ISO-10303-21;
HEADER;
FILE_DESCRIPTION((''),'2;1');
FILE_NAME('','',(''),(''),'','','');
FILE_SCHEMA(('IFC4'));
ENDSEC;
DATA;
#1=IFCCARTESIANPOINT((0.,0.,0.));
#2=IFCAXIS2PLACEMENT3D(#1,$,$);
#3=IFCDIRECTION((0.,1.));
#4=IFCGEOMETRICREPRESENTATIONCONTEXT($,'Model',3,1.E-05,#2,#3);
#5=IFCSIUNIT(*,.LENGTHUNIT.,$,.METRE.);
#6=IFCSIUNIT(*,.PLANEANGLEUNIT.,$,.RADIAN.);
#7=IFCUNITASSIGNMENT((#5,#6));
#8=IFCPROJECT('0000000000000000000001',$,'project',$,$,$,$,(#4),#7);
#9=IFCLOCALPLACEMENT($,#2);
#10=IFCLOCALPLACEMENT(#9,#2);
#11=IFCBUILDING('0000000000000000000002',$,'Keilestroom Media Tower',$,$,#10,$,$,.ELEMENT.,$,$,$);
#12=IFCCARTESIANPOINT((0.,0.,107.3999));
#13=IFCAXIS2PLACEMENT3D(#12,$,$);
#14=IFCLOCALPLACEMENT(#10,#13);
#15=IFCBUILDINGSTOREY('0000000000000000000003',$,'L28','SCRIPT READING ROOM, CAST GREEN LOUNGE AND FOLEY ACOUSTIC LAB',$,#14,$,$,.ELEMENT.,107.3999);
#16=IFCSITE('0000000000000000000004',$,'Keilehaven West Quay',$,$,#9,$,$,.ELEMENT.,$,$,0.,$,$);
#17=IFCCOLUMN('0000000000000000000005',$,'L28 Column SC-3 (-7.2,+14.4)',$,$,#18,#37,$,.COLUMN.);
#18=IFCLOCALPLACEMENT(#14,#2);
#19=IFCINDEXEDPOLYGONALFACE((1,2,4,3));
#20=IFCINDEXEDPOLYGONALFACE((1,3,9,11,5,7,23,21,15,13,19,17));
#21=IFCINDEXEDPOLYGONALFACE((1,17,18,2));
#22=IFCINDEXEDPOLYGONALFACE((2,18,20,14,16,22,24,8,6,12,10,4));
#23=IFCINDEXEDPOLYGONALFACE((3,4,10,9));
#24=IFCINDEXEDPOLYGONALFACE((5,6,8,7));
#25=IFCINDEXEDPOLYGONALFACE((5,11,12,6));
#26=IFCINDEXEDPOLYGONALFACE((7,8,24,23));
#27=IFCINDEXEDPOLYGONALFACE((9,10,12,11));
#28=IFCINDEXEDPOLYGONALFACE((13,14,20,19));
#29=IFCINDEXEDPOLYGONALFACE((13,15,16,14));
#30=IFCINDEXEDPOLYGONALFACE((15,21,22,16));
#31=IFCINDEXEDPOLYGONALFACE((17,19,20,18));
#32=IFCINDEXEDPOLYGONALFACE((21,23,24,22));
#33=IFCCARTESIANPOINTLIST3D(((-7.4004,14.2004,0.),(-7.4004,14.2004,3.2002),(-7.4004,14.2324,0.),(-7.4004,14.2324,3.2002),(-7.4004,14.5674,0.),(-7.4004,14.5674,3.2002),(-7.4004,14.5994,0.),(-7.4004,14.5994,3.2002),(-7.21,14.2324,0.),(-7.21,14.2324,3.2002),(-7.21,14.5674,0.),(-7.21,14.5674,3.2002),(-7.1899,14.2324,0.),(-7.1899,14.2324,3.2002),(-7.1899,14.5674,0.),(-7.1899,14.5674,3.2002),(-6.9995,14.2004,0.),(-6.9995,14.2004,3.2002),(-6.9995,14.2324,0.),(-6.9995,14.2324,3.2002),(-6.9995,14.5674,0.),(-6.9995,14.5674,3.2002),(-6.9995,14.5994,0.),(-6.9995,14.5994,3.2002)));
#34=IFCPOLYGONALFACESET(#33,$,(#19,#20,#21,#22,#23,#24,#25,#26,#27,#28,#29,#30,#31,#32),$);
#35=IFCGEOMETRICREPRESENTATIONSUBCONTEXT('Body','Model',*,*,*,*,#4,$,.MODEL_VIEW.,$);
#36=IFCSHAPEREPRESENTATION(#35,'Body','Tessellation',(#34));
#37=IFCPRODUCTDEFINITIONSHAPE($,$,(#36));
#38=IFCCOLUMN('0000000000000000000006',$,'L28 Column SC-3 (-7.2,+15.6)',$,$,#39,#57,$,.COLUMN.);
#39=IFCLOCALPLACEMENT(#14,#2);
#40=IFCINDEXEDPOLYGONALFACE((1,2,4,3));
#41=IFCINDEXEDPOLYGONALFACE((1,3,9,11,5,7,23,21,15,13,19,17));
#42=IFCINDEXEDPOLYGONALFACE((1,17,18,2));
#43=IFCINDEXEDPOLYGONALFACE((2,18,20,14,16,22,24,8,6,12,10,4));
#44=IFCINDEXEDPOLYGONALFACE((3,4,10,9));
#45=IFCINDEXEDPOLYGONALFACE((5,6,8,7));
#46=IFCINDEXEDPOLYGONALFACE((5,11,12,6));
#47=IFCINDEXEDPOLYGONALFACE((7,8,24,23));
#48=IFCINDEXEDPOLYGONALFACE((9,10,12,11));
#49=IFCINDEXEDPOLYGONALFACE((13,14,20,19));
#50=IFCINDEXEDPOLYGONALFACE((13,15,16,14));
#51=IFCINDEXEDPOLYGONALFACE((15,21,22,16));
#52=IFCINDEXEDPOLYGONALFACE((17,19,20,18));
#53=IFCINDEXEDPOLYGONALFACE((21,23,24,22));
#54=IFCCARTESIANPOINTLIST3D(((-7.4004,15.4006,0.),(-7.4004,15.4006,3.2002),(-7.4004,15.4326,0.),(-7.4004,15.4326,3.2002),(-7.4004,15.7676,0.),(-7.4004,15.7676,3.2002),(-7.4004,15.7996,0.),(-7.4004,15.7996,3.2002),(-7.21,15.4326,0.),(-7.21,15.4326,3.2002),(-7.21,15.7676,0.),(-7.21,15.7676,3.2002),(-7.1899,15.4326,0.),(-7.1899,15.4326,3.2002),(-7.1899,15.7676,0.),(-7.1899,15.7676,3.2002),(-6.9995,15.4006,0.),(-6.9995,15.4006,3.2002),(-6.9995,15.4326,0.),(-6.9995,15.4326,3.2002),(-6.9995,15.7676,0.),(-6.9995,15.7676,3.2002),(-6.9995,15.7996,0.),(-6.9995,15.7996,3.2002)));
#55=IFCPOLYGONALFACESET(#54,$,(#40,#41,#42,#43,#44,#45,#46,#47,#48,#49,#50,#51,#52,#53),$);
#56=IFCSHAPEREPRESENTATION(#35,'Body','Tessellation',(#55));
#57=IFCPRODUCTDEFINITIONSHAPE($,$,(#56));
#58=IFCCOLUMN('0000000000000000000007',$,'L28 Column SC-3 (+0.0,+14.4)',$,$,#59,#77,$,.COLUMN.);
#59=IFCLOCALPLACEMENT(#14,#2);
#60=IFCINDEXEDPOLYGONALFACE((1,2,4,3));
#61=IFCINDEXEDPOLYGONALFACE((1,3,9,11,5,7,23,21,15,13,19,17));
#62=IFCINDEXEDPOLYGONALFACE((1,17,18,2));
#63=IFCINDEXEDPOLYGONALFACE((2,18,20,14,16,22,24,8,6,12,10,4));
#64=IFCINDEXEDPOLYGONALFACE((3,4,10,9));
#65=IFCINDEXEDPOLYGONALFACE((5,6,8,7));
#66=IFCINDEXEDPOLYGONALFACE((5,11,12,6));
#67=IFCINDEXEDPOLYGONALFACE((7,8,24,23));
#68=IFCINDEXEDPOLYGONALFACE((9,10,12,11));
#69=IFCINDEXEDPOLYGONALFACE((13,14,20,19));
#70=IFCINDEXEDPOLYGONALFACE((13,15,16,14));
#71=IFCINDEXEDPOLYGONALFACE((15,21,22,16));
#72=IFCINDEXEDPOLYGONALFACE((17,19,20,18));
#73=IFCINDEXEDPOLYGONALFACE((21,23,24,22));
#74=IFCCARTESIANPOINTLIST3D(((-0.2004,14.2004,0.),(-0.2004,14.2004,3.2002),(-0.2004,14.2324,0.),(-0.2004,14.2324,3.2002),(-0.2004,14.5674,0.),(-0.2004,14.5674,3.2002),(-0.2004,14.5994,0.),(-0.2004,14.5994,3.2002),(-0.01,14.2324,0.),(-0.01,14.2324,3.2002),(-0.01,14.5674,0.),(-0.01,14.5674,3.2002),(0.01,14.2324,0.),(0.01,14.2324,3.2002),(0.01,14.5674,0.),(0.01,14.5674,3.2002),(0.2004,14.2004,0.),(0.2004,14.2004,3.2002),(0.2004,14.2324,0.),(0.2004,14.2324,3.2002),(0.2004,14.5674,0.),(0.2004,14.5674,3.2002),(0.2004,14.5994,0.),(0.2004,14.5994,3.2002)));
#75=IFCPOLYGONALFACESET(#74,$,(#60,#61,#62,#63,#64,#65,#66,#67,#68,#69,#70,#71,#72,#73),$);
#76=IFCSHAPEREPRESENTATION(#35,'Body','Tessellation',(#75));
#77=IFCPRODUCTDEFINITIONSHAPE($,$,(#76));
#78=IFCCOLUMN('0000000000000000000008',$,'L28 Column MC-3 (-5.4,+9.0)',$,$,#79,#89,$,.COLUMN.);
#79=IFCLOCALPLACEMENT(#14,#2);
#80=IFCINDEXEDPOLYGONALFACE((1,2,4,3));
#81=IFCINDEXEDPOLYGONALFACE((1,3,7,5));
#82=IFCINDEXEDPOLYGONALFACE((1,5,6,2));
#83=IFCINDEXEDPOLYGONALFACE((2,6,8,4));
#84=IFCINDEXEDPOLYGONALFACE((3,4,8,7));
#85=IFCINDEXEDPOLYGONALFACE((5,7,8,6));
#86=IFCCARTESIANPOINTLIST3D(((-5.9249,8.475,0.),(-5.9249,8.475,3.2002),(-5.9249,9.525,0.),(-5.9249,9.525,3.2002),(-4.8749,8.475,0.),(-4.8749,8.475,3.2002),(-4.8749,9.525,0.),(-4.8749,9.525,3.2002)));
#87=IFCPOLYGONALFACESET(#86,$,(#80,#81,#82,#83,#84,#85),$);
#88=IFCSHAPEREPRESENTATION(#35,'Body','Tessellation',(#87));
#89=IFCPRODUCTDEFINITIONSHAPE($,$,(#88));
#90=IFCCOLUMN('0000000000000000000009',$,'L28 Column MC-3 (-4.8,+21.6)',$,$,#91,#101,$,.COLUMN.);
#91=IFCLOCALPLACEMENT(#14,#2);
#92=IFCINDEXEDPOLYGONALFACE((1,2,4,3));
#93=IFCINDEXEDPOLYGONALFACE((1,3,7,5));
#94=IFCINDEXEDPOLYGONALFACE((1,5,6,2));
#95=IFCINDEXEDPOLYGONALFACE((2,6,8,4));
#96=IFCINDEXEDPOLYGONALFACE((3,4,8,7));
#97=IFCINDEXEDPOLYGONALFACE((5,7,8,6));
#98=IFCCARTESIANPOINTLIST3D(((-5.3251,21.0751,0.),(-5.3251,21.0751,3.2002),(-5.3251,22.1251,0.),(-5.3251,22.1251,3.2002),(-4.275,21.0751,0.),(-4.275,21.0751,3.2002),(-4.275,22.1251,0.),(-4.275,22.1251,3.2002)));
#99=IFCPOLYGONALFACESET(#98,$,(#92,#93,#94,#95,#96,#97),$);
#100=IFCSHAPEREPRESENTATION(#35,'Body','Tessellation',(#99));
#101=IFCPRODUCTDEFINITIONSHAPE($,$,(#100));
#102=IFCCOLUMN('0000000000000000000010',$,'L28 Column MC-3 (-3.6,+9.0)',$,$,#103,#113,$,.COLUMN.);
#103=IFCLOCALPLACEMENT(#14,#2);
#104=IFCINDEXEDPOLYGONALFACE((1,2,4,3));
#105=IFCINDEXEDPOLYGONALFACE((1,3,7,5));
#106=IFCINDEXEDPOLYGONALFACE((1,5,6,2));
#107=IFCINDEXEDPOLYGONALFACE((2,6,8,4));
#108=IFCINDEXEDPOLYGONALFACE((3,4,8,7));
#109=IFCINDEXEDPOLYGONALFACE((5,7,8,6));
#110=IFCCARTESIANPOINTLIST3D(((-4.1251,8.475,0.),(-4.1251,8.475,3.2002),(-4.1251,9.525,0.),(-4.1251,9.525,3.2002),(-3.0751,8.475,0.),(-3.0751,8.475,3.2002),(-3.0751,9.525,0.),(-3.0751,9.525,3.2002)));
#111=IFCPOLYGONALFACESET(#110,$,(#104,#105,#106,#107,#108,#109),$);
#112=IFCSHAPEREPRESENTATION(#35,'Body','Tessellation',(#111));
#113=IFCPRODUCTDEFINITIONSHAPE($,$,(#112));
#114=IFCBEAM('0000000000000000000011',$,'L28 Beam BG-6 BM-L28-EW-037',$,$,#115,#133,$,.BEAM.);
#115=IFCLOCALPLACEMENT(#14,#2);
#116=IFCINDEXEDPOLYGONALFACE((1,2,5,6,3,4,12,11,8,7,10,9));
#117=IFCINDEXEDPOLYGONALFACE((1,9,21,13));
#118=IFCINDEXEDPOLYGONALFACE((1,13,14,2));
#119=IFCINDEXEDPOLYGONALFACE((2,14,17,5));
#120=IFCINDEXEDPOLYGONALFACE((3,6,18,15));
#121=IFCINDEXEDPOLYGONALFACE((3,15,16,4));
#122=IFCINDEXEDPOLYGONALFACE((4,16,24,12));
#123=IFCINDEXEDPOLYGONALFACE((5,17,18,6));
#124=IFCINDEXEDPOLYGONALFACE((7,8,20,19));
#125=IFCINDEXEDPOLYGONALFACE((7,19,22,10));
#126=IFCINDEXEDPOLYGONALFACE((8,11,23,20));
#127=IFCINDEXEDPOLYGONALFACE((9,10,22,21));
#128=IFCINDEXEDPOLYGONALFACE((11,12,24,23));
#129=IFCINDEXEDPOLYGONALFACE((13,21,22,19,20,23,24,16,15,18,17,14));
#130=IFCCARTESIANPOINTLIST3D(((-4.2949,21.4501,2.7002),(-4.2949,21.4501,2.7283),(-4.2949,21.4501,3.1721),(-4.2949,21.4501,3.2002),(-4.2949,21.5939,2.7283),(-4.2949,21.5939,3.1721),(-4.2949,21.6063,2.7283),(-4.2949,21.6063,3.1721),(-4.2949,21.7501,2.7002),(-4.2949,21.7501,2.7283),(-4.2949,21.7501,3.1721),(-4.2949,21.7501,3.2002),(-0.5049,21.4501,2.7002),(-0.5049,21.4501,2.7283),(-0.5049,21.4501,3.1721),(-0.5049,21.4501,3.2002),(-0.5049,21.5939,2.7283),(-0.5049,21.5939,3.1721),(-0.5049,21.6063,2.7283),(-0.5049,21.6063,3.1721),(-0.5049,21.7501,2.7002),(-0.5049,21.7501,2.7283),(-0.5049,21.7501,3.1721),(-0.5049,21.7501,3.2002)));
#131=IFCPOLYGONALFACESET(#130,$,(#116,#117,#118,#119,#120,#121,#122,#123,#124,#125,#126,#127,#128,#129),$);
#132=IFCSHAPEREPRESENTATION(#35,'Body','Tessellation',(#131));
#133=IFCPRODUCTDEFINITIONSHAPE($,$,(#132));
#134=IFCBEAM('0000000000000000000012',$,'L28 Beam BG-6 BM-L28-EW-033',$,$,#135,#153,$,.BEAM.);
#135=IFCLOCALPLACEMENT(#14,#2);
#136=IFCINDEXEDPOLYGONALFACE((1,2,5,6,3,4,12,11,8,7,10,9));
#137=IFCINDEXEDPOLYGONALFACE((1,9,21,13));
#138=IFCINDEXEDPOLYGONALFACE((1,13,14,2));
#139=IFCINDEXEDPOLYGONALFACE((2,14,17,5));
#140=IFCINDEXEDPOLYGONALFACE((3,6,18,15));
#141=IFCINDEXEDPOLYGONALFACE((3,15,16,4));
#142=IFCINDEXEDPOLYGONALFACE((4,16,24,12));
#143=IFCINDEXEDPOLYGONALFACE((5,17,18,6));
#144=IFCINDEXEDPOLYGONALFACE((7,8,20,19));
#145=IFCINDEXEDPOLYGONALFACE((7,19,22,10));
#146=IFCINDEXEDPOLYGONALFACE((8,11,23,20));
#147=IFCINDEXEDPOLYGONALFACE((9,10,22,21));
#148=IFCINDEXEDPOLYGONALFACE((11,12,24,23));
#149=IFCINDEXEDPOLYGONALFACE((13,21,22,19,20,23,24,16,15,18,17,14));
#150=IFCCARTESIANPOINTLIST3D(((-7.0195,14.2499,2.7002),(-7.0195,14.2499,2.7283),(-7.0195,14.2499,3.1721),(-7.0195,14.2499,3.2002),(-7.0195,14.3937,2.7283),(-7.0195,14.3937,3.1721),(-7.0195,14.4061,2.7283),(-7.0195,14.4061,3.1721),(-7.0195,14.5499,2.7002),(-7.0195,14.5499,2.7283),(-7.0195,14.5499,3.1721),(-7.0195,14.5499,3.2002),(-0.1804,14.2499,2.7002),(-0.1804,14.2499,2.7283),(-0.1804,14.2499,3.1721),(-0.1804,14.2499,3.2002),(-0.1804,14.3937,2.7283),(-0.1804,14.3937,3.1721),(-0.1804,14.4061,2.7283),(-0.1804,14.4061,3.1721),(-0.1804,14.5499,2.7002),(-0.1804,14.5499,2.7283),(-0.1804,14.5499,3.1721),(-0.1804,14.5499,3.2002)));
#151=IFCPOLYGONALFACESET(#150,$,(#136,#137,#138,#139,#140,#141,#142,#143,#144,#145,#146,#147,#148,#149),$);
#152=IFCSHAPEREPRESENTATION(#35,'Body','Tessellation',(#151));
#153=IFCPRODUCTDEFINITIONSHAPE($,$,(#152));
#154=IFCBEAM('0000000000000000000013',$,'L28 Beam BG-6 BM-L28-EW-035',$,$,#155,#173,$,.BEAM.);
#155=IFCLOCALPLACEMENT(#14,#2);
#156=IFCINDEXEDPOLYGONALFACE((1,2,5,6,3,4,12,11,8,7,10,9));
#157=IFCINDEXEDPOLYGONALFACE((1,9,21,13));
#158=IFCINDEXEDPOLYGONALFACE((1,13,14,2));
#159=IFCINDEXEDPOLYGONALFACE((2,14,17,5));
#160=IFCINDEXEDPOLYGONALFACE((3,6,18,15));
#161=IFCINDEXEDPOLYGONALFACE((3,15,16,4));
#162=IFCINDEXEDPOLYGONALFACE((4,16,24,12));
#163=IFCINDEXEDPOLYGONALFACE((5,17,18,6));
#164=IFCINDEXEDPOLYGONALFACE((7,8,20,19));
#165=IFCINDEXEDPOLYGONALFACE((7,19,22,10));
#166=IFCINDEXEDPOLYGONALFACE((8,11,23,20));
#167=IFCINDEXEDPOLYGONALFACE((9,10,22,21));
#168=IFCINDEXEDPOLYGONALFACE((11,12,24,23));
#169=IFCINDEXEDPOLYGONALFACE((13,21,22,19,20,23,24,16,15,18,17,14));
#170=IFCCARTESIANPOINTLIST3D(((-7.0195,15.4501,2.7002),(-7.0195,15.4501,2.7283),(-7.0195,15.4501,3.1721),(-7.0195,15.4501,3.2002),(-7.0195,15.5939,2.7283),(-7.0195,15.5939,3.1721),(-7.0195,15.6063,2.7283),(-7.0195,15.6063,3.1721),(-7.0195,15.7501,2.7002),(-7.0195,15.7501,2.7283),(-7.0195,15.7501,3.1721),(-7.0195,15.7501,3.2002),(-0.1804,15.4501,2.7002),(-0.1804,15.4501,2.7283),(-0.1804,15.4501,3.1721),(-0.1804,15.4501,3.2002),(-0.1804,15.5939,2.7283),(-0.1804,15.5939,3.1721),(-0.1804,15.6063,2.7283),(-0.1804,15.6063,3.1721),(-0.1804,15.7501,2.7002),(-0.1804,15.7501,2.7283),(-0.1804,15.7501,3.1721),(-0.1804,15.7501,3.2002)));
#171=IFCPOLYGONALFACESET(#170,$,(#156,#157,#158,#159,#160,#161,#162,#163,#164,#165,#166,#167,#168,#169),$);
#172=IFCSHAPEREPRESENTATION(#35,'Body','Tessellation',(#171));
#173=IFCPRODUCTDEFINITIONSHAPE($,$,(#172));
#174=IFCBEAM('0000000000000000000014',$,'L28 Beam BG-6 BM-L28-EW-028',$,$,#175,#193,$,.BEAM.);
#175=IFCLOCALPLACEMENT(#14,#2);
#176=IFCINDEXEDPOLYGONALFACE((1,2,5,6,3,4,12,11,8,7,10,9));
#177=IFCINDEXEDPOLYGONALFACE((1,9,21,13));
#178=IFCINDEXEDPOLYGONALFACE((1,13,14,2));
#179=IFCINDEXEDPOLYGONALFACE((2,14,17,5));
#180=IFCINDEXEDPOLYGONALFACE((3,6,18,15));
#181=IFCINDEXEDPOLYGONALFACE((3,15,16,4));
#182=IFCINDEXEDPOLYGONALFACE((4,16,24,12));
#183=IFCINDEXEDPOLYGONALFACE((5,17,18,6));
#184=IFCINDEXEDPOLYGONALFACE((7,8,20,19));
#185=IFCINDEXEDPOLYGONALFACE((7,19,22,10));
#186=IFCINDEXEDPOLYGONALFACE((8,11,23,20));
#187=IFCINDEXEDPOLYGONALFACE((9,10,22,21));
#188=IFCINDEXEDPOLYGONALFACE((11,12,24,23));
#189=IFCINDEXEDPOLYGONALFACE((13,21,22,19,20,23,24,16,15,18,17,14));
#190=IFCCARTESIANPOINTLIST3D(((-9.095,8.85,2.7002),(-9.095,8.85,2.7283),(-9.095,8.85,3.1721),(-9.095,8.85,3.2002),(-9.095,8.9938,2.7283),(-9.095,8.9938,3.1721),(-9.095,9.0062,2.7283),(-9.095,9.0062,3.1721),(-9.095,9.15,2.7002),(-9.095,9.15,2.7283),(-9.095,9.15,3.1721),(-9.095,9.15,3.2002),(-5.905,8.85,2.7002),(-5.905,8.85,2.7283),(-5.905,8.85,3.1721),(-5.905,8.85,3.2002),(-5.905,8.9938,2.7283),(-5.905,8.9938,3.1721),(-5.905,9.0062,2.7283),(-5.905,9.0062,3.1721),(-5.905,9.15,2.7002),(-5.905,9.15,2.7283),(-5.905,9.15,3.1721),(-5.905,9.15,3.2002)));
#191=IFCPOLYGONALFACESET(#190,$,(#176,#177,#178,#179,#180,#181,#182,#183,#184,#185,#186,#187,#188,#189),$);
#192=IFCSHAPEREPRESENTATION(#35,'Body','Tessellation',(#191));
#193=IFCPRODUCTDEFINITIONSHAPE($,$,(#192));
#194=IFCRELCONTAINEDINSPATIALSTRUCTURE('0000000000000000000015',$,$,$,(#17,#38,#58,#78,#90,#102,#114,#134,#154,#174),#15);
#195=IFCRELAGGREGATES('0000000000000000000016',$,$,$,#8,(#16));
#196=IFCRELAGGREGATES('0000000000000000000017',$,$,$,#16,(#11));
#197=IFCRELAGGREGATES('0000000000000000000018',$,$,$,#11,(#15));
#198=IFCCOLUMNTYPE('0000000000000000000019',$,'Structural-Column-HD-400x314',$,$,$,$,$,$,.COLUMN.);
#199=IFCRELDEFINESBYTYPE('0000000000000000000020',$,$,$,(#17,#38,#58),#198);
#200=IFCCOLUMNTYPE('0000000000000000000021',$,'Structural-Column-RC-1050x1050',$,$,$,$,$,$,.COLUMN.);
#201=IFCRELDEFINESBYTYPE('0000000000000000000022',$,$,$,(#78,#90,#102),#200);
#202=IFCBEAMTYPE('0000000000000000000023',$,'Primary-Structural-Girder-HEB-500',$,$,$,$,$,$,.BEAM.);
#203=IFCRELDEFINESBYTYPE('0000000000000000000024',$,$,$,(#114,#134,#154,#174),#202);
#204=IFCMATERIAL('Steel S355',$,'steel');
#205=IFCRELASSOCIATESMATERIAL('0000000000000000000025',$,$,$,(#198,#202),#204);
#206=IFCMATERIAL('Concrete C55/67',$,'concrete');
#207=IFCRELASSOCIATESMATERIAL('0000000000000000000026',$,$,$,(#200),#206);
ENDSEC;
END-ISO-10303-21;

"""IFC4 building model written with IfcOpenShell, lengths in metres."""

from ifc_helpers import new_model, si_unit, direction, frame, origin, origin_2d, place, context, subcontext, project, spatial, rectangle, i_section, extrude, source, transform, mapped, material, material_profile, profile_set, type_object, element, save


model = new_model("IFC4")

# Units and contexts
model_context = context("Model", 3, precision=1e-05, world=origin(), true_north=direction((0.0, 1.0)))
body_context = subcontext(model_context, "Body", "Model", "MODEL_VIEW")
ifc_project = project(units=[si_unit("LENGTHUNIT", "METRE"), si_unit("PLANEANGLEUNIT", "RADIAN")], contexts=[model_context])

# Site, building, storey
site_placement = place(None, origin())
site = spatial("IfcSite", under=ifc_project, at=site_placement, Name="Keilehaven West Quay", CompositionType="ELEMENT", RefElevation=0.0)
building_placement = place(site_placement, origin())
building = spatial("IfcBuilding", under=site, at=building_placement, Name="Keilestroom Media Tower", CompositionType="ELEMENT")
storey_placement = place(building_placement, frame((0.0, 0.0, 107.3999)))
storey = spatial("IfcBuildingStorey", under=building, at=storey_placement, Name="L28", Description="SCRIPT READING ROOM, CAST GREEN LOUNGE AND FOLEY ACOUSTIC LAB", CompositionType="ELEMENT", Elevation=107.3999)

# Columns
ifc_material_1 = material(Name="Steel S355", Category="steel")
ifc_material_profile_1 = material_profile(ifc_material_1, i_section(OverallWidth=0.4009, OverallDepth=0.3989, WebThickness=0.02, FlangeThickness=0.032, at=origin_2d()), Name="HD 400x314")
ifc_profile_set_1 = profile_set([ifc_material_profile_1], Name="Steel S355")
column_type_1 = type_object("IfcColumnType", Name="Structural-Column-HD-400x314", PredefinedType="COLUMN", material=ifc_profile_set_1)
shared_shape_1 = source(origin(), body_context, "Body", "SweptSolid", [
    extrude(i_section(OverallWidth=0.4009, OverallDepth=0.3989, WebThickness=0.02, FlangeThickness=0.032, at=origin_2d()), origin(), (0.0, 0.0, 1.0), 3.2002),
])
for number, where, z_axis, x_axis, name in (
    (1, (-7.2, 14.3999, 0.0), (0.0, 0.0, 1.0), (1.0, 0.0, 0.0), "L28 Column SC-3 (-7.2,+14.4)"),
    (2, (-7.2, 15.6001, 0.0), (0.0, 0.0, 1.0), (1.0, 0.0, 0.0), "L28 Column SC-3 (-7.2,+15.6)"),
    (3, (0.0, 14.3999, 0.0), (0.0, 0.0, 1.0), (1.0, 0.0, 0.0), "L28 Column SC-3 (+0.0,+14.4)"),
):
    element("IfcColumn", number, at=place(storey_placement, frame(where, z_axis=z_axis, x_axis=x_axis)), inside=storey, type_object=column_type_1, Name=name, PredefinedType="COLUMN", context=body_context, shape_type="MappedRepresentation", body=[
        mapped(shared_shape_1, transform((0.0, 0.0, 0.0), x_axis=(1.0, 0.0, 0.0), y_axis=(0.0, 1.0, 0.0), z_axis=(0.0, 0.0, 1.0), scale=1.0)),
    ])
ifc_material_2 = material(Name="Concrete C55/67", Category="concrete")
ifc_material_profile_2 = material_profile(ifc_material_2, rectangle(XDim=1.05, YDim=1.05, at=origin_2d()), Name="RC 1050x1050")
ifc_profile_set_2 = profile_set([ifc_material_profile_2], Name="Concrete C55/67")
column_type_2 = type_object("IfcColumnType", Name="Structural-Column-RC-1050x1050", PredefinedType="COLUMN", material=ifc_profile_set_2)
shared_shape_2 = source(origin(), body_context, "Body", "SweptSolid", [
    extrude(rectangle(XDim=1.05, YDim=1.05, at=origin_2d()), origin(), (0.0, 0.0, 1.0), 3.2002),
])
for number, where, z_axis, x_axis, name in (
    (4, (-5.3999, 9.0, 0.0), (0.0, 0.0, 1.0), (1.0, 0.0, 0.0), "L28 Column MC-3 (-5.4,+9.0)"),
    (5, (-4.8, 21.6001, 0.0), (0.0, 0.0, 1.0), (1.0, 0.0, 0.0), "L28 Column MC-3 (-4.8,+21.6)"),
    (6, (-3.6001, 9.0, 0.0), (0.0, 0.0, 1.0), (1.0, 0.0, 0.0), "L28 Column MC-3 (-3.6,+9.0)"),
):
    element("IfcColumn", number, at=place(storey_placement, frame(where, z_axis=z_axis, x_axis=x_axis)), inside=storey, type_object=column_type_2, Name=name, PredefinedType="COLUMN", context=body_context, shape_type="MappedRepresentation", body=[
        mapped(shared_shape_2, transform((0.0, 0.0, 0.0), x_axis=(1.0, 0.0, 0.0), y_axis=(0.0, 1.0, 0.0), z_axis=(0.0, 0.0, 1.0), scale=1.0)),
    ])

# Beams
ifc_material_profile_3 = material_profile(ifc_material_1, i_section(OverallWidth=0.3, OverallDepth=0.5, WebThickness=0.0125, FlangeThickness=0.0281, at=origin_2d()), Name="HEB 500")
ifc_profile_set_3 = profile_set([ifc_material_profile_3], Name="Steel S355")
beam_type = type_object("IfcBeamType", Name="Primary-Structural-Girder-HEB-500", PredefinedType="BEAM", material=ifc_profile_set_3)
shared_shape_3 = source(origin(), body_context, "Body", "SweptSolid", [
    extrude(i_section(OverallWidth=0.3, OverallDepth=0.5, WebThickness=0.0125, FlangeThickness=0.0281, at=origin_2d()), origin(), (0.0, 0.0, 1.0), 3.79),
])
beam_1_placement = place(storey_placement, frame((-4.2949, 21.6001, 2.9502), z_axis=(1.0, 0.0, 0.0), x_axis=(0.0, 1.0, 0.0)))
element("IfcBeam", 7, at=beam_1_placement, inside=storey, type_object=beam_type, Name="L28 Beam BG-6 BM-L28-EW-037", PredefinedType="BEAM", context=body_context, shape_type="MappedRepresentation", body=[
    mapped(shared_shape_3, transform((0.0, 0.0, 0.0), x_axis=(1.0, 0.0, 0.0), y_axis=(0.0, 1.0, 0.0), z_axis=(0.0, 0.0, 1.0), scale=1.0)),
])
shared_shape_4 = source(origin(), body_context, "Body", "SweptSolid", [
    extrude(i_section(OverallWidth=0.3, OverallDepth=0.5, WebThickness=0.0125, FlangeThickness=0.0281, at=origin_2d()), origin(), (0.0, 0.0, 1.0), 6.8391),
])
for number, where, z_axis, x_axis, name in (
    (8, (-7.0195, 14.3999, 2.9502), (1.0, 0.0, 0.0), (0.0, 1.0, 0.0), "L28 Beam BG-6 BM-L28-EW-033"),
    (9, (-7.0195, 15.6001, 2.9502), (1.0, 0.0, 0.0), (0.0, 1.0, 0.0), "L28 Beam BG-6 BM-L28-EW-035"),
):
    element("IfcBeam", number, at=place(storey_placement, frame(where, z_axis=z_axis, x_axis=x_axis)), inside=storey, type_object=beam_type, Name=name, PredefinedType="BEAM", context=body_context, shape_type="MappedRepresentation", body=[
        mapped(shared_shape_4, transform((0.0, 0.0, 0.0), x_axis=(1.0, 0.0, 0.0), y_axis=(0.0, 1.0, 0.0), z_axis=(0.0, 0.0, 1.0), scale=1.0)),
    ])
shared_shape_5 = source(origin(), body_context, "Body", "SweptSolid", [
    extrude(i_section(OverallWidth=0.3, OverallDepth=0.5, WebThickness=0.0125, FlangeThickness=0.0281, at=origin_2d()), origin(), (0.0, 0.0, 1.0), 3.1899),
])
beam_2_placement = place(storey_placement, frame((-9.095, 9.0, 2.9502), z_axis=(1.0, 0.0, 0.0), x_axis=(0.0, 1.0, 0.0)))
element("IfcBeam", 10, at=beam_2_placement, inside=storey, type_object=beam_type, Name="L28 Beam BG-6 BM-L28-EW-028", PredefinedType="BEAM", context=body_context, shape_type="MappedRepresentation", body=[
    mapped(shared_shape_5, transform((0.0, 0.0, 0.0), x_axis=(1.0, 0.0, 0.0), y_axis=(0.0, 1.0, 0.0), z_axis=(0.0, 0.0, 1.0), scale=1.0)),
])

save(model, "model.ifc")
